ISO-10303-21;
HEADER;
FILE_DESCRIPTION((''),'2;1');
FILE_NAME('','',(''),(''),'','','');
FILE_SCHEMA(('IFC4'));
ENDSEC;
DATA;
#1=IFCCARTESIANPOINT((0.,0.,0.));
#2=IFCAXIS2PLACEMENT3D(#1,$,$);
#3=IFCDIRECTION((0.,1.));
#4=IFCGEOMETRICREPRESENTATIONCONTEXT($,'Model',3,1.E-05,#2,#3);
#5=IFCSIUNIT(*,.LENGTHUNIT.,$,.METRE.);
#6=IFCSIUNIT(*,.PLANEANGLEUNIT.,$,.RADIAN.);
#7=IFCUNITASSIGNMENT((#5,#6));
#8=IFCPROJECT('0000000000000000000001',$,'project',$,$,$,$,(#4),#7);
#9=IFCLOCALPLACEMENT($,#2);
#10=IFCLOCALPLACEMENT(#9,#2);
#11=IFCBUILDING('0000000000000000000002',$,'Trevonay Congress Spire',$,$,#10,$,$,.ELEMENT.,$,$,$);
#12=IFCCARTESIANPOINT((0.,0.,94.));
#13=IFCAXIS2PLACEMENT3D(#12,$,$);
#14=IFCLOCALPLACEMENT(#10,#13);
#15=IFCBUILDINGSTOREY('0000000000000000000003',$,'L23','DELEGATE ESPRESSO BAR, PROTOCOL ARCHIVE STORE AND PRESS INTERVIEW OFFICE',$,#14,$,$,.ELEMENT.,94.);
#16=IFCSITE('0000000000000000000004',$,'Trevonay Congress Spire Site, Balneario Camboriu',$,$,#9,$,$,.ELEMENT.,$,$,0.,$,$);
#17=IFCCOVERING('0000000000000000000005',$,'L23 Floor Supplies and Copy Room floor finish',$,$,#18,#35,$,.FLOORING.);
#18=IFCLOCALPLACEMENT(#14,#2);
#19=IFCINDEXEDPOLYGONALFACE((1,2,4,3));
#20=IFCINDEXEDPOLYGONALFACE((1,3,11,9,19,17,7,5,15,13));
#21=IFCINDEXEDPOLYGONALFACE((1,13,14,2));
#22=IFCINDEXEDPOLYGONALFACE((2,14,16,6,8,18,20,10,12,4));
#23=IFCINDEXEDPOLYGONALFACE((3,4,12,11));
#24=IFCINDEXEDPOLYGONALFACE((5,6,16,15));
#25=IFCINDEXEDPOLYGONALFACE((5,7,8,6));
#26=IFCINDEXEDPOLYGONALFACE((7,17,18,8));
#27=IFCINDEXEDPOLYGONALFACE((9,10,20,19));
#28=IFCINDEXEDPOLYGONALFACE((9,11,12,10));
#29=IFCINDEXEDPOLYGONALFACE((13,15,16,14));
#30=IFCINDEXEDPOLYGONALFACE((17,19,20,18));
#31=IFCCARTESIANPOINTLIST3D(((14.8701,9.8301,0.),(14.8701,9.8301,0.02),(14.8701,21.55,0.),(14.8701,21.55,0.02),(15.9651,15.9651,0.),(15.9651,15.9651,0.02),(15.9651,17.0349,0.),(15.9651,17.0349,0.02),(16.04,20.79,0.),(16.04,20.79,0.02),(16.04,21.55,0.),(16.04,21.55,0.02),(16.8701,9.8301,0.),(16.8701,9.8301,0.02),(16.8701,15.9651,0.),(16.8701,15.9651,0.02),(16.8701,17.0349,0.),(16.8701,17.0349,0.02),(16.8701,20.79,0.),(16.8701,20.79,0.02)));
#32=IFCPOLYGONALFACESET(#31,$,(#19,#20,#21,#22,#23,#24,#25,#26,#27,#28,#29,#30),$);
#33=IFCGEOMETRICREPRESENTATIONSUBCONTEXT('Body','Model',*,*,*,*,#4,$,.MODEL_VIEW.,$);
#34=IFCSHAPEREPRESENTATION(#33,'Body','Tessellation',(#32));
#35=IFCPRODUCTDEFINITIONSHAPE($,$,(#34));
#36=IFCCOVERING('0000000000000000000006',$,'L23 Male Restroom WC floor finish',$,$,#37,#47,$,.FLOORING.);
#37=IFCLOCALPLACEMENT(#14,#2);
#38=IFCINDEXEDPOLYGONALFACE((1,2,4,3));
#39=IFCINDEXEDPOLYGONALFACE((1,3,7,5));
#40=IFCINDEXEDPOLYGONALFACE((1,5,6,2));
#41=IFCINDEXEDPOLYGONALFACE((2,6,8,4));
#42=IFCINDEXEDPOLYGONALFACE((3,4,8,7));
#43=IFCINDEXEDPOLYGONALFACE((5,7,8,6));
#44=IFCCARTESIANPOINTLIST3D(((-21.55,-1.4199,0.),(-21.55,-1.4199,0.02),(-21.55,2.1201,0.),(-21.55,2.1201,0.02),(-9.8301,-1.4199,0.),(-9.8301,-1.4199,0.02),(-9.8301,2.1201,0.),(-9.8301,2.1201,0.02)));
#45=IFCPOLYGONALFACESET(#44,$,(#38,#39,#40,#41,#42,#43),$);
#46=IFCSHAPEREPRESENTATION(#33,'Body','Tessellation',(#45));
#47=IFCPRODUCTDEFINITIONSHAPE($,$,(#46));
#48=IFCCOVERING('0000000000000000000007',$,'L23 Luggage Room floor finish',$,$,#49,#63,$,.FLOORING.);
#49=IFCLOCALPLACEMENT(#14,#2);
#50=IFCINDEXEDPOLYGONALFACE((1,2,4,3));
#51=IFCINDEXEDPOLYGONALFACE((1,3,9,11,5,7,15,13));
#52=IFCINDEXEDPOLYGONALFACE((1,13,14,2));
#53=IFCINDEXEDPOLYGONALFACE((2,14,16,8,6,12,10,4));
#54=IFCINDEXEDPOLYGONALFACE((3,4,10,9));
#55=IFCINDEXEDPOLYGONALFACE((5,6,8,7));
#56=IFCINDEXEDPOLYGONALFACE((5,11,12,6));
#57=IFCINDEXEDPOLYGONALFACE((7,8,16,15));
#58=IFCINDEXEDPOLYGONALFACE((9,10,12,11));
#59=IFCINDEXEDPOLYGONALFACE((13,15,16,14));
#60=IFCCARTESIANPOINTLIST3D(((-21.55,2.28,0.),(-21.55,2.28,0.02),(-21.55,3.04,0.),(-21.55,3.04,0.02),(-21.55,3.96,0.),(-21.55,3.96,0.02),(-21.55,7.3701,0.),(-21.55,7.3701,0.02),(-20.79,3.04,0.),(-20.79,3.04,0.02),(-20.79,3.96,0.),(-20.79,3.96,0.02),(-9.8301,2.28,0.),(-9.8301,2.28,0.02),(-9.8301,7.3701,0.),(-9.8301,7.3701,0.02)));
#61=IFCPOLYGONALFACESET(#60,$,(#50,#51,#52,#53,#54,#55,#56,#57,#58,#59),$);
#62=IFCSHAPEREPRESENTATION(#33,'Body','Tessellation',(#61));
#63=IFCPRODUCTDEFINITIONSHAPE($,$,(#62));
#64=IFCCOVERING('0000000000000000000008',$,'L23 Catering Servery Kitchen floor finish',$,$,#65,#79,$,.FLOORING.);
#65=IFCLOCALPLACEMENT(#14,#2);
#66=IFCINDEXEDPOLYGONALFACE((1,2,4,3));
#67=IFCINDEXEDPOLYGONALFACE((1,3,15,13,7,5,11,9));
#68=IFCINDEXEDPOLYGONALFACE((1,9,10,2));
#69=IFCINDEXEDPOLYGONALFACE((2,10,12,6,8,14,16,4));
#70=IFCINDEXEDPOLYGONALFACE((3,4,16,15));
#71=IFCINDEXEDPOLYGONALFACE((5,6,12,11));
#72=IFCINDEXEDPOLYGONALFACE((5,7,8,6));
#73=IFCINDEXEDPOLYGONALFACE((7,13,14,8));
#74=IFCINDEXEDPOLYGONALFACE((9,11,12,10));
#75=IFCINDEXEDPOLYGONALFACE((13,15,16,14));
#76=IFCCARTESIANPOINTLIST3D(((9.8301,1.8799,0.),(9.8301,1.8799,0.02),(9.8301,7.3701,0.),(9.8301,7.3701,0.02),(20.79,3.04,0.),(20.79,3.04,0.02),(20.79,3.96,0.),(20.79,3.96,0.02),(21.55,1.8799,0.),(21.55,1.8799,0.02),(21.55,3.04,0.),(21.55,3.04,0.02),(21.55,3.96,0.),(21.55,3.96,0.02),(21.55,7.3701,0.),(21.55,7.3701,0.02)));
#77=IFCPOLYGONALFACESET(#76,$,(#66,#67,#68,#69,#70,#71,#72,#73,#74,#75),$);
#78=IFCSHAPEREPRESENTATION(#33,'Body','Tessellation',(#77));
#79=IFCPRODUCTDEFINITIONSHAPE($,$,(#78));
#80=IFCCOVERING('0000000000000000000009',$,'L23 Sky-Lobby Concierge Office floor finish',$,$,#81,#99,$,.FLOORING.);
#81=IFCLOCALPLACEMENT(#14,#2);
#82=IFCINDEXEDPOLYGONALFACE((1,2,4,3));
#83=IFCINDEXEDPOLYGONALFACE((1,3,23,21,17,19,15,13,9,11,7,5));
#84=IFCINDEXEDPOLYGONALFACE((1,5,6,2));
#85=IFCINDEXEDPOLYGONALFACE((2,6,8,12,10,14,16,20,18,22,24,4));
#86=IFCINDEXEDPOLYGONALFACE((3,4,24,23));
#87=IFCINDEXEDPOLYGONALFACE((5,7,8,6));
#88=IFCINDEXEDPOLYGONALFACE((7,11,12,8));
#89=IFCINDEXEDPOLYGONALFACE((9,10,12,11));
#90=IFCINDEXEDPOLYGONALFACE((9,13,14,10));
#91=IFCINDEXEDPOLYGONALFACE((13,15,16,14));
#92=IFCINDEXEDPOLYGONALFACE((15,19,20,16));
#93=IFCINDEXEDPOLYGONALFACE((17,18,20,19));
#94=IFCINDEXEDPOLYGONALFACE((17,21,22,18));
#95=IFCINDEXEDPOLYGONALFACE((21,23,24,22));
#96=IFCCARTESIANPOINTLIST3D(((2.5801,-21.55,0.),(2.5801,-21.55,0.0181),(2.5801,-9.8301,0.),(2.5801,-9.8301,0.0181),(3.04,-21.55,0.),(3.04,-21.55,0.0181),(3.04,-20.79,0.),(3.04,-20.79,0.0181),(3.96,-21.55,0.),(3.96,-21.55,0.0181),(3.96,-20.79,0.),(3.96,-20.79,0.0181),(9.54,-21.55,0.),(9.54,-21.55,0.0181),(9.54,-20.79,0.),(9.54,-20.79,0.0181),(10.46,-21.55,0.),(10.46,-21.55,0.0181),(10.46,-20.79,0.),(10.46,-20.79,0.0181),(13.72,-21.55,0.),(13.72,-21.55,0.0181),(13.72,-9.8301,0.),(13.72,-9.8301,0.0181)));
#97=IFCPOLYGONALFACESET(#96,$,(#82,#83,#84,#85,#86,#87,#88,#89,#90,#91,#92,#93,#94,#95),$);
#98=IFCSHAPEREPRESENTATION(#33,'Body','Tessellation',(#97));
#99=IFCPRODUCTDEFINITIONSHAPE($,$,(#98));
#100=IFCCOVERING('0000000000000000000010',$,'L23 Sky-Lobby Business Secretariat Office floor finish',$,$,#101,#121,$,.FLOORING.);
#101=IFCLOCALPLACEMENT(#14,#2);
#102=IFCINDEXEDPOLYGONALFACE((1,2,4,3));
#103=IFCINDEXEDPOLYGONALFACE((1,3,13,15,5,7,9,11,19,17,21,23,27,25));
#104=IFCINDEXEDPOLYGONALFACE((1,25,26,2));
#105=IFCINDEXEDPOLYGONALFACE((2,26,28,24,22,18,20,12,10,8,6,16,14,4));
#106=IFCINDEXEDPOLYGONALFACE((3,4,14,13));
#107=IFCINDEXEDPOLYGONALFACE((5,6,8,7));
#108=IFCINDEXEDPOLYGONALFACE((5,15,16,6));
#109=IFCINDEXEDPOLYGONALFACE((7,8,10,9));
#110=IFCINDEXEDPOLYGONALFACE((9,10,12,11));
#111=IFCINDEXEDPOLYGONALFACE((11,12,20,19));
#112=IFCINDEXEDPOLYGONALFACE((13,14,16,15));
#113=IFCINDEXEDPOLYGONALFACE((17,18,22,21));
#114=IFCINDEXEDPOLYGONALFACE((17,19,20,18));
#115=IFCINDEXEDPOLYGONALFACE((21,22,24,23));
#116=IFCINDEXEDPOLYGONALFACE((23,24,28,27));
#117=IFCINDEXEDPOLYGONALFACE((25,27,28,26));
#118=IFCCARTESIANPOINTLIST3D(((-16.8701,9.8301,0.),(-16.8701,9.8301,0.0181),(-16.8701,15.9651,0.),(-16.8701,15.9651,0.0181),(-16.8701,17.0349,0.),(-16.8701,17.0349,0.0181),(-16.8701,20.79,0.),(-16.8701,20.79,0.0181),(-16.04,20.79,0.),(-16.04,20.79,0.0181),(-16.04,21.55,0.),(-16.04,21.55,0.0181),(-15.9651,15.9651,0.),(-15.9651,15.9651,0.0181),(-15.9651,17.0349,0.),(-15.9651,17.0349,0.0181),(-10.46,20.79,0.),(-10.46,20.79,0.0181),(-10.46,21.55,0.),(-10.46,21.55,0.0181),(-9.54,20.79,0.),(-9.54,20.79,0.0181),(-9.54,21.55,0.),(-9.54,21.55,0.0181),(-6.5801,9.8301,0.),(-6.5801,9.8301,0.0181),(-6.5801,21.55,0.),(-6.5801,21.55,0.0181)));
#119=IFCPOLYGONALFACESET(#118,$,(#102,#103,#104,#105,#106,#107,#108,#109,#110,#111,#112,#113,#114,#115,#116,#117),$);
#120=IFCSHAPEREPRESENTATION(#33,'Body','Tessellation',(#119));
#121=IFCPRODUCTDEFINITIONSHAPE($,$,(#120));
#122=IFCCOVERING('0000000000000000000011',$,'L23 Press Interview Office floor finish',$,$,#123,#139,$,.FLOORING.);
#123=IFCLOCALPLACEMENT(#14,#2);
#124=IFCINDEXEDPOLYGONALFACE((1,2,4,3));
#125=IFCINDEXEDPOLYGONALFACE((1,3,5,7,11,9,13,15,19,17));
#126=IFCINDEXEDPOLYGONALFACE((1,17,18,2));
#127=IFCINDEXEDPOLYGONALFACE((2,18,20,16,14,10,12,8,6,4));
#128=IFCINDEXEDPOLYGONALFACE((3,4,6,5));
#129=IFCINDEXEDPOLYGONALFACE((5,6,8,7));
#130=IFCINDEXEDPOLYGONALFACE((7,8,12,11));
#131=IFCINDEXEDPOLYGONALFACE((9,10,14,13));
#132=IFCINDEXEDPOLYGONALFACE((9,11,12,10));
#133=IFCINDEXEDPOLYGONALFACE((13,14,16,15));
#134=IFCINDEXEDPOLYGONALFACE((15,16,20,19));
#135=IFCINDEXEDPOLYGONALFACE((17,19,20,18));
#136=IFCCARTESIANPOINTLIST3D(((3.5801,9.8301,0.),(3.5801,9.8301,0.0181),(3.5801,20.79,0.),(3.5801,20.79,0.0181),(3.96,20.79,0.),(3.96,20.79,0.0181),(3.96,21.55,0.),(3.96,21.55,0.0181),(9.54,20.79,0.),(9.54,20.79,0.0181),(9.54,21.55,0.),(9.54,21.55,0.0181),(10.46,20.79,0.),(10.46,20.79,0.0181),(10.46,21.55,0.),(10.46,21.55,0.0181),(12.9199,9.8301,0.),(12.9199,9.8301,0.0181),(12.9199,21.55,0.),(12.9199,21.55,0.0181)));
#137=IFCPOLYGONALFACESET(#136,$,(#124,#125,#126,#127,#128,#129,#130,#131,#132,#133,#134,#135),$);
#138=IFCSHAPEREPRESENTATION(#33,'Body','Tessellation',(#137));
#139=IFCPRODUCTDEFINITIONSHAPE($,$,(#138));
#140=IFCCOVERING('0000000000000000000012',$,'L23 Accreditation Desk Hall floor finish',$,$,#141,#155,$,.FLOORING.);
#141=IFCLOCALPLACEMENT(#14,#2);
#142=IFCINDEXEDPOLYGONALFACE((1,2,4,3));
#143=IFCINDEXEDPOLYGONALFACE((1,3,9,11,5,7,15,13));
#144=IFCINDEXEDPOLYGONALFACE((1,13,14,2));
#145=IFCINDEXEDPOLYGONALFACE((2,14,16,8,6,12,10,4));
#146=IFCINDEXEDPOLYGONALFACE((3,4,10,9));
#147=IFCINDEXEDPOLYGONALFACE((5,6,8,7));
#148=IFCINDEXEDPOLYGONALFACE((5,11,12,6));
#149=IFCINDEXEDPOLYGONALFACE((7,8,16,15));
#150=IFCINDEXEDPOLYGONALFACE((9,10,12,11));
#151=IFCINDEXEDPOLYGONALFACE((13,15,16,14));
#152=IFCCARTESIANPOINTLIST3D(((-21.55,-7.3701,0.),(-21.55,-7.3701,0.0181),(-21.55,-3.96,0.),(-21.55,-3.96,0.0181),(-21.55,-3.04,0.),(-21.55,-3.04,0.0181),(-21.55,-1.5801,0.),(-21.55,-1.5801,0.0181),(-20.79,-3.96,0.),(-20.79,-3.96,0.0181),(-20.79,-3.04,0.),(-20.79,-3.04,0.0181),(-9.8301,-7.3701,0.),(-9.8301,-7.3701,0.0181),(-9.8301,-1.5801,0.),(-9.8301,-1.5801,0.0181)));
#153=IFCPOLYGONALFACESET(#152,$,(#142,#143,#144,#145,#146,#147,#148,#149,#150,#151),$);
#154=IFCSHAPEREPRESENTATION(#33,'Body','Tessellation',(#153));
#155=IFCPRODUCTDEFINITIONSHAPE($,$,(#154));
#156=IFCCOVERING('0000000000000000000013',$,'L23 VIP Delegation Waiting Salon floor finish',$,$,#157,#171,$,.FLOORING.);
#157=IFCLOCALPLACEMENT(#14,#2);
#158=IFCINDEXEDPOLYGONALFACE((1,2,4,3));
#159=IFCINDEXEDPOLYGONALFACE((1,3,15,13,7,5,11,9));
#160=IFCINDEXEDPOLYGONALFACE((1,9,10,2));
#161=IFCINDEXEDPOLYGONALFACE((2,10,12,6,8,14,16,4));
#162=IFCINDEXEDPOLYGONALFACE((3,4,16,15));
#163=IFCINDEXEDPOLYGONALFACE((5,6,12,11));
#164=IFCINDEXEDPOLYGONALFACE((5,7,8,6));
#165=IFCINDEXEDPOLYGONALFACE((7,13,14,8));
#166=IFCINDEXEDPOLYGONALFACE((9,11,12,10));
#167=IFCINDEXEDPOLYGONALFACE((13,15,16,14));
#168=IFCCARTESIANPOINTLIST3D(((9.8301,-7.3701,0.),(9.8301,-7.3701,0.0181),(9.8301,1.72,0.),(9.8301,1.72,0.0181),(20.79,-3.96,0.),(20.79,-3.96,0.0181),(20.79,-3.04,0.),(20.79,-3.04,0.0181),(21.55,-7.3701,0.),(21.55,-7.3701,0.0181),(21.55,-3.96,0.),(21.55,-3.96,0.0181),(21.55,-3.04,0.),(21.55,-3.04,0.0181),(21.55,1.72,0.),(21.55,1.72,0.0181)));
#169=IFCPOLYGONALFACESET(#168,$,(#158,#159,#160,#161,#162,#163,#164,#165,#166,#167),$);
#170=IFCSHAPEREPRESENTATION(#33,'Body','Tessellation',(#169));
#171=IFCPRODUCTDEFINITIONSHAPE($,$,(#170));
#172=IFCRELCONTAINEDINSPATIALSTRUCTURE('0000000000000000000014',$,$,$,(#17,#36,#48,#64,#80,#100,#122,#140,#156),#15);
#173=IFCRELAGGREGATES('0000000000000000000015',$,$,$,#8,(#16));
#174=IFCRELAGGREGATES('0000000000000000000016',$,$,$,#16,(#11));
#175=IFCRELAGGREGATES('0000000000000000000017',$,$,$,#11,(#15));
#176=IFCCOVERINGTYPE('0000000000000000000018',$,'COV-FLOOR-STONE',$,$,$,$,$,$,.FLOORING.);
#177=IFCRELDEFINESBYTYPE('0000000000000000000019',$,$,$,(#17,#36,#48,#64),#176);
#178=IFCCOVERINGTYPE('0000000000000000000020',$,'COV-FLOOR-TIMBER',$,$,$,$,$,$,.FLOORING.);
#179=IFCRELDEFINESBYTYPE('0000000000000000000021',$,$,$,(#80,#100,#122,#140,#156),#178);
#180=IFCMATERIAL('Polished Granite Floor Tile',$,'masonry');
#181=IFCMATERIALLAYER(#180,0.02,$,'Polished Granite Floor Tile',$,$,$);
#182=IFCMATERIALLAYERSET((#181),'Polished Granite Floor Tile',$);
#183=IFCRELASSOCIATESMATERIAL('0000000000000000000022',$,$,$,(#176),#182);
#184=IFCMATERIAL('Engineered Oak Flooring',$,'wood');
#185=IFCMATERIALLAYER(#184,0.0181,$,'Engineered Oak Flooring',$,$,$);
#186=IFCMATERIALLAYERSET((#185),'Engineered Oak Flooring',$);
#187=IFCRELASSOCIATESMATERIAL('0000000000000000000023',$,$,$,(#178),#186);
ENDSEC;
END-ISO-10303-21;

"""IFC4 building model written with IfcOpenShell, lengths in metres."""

from ifc_helpers import new_model, si_unit, direction, frame, origin, place, context, subcontext, project, spatial, polyline, outline, extrude, material, layer, layer_set, type_object, element, save


model = new_model("IFC4")

# Units and contexts
model_context = context("Model", 3, precision=1e-05, world=origin(), true_north=direction((0.0, 1.0)))
body_context = subcontext(model_context, "Body", "Model", "MODEL_VIEW")
ifc_project = project(units=[si_unit("LENGTHUNIT", "METRE"), si_unit("PLANEANGLEUNIT", "RADIAN")], contexts=[model_context])

# Site, building, storey
site_placement = place(None, origin())
site = spatial("IfcSite", under=ifc_project, at=site_placement, Name="Trevonay Congress Spire Site, Balneario Camboriu", CompositionType="ELEMENT", RefElevation=0.0)
building_placement = place(site_placement, origin())
building = spatial("IfcBuilding", under=site, at=building_placement, Name="Trevonay Congress Spire", CompositionType="ELEMENT")
storey_placement = place(building_placement, frame((0.0, 0.0, 94.0)))
storey = spatial("IfcBuildingStorey", under=building, at=storey_placement, Name="L23", Description="DELEGATE ESPRESSO BAR, PROTOCOL ARCHIVE STORE AND PRESS INTERVIEW OFFICE", CompositionType="ELEMENT", Elevation=94.0)

# Coverings
ifc_material_1 = material(Name="Polished Granite Floor Tile", Category="masonry")
ifc_layer_1 = layer(ifc_material_1, 0.02, Name="Polished Granite Floor Tile")
ifc_layer_set_1 = layer_set([ifc_layer_1], Name="Polished Granite Floor Tile")
covering_type_1 = type_object("IfcCoveringType", Name="COV-FLOOR-STONE", PredefinedType="FLOORING", material=ifc_layer_set_1)
covering_1_placement = place(storey_placement, origin())
element("IfcCovering", 1, at=covering_1_placement, inside=storey, type_object=covering_type_1, Name="L23 Floor Supplies and Copy Room floor finish", PredefinedType="FLOORING", context=body_context, shape_type="SweptSolid", body=[
    extrude(outline(polyline([(16.8701, 9.8301), (14.8701, 9.8301), (14.8701, 21.55), (16.04, 21.55), (16.04, 20.79), (16.8701, 20.79), (16.8701, 17.0349), (15.9651, 17.0349), (15.9651, 15.9651), (16.8701, 15.9651), (16.8701, 9.8301)])), origin(), (0.0, 0.0, 1.0), 0.02),
])
covering_2_placement = place(storey_placement, origin())
element("IfcCovering", 2, at=covering_2_placement, inside=storey, type_object=covering_type_1, Name="L23 Male Restroom WC floor finish", PredefinedType="FLOORING", context=body_context, shape_type="SweptSolid", body=[
    extrude(outline(polyline([(-21.55, -1.4199), (-9.8301, -1.4199), (-9.8301, 2.1201), (-21.55, 2.1201), (-21.55, -1.4199)])), origin(), (0.0, 0.0, 1.0), 0.02),
])
covering_3_placement = place(storey_placement, origin())
element("IfcCovering", 3, at=covering_3_placement, inside=storey, type_object=covering_type_1, Name="L23 Luggage Room floor finish", PredefinedType="FLOORING", context=body_context, shape_type="SweptSolid", body=[
    extrude(outline(polyline([(-21.55, 7.3701), (-9.8301, 7.3701), (-9.8301, 2.28), (-21.55, 2.28), (-21.55, 3.04), (-20.79, 3.04), (-20.79, 3.96), (-21.55, 3.96), (-21.55, 7.3701)])), origin(), (0.0, 0.0, 1.0), 0.02),
])
covering_4_placement = place(storey_placement, origin())
element("IfcCovering", 4, at=covering_4_placement, inside=storey, type_object=covering_type_1, Name="L23 Catering Servery Kitchen floor finish", PredefinedType="FLOORING", context=body_context, shape_type="SweptSolid", body=[
    extrude(outline(polyline([(21.55, 1.8799), (9.8301, 1.8799), (9.8301, 7.3701), (21.55, 7.3701), (21.55, 3.96), (20.79, 3.96), (20.79, 3.04), (21.55, 3.04), (21.55, 1.8799)])), origin(), (0.0, 0.0, 1.0), 0.02),
])
ifc_material_2 = material(Name="Engineered Oak Flooring", Category="wood")
ifc_layer_2 = layer(ifc_material_2, 0.0181, Name="Engineered Oak Flooring")
ifc_layer_set_2 = layer_set([ifc_layer_2], Name="Engineered Oak Flooring")
covering_type_2 = type_object("IfcCoveringType", Name="COV-FLOOR-TIMBER", PredefinedType="FLOORING", material=ifc_layer_set_2)
covering_5_placement = place(storey_placement, origin())
element("IfcCovering", 5, at=covering_5_placement, inside=storey, type_object=covering_type_2, Name="L23 Sky-Lobby Concierge Office floor finish", PredefinedType="FLOORING", context=body_context, shape_type="SweptSolid", body=[
    extrude(outline(polyline([(2.5801, -21.55), (2.5801, -9.8301), (13.72, -9.8301), (13.72, -21.55), (10.46, -21.55), (10.46, -20.79), (9.54, -20.79), (9.54, -21.55), (3.96, -21.55), (3.96, -20.79), (3.04, -20.79), (3.04, -21.55), (2.5801, -21.55)])), origin(), (0.0, 0.0, 1.0), 0.0181),
])
covering_6_placement = place(storey_placement, origin())
element("IfcCovering", 6, at=covering_6_placement, inside=storey, type_object=covering_type_2, Name="L23 Sky-Lobby Business Secretariat Office floor finish", PredefinedType="FLOORING", context=body_context, shape_type="SweptSolid", body=[
    extrude(outline(polyline([(-6.5801, 21.55), (-6.5801, 9.8301), (-16.8701, 9.8301), (-16.8701, 15.9651), (-15.9651, 15.9651), (-15.9651, 17.0349), (-16.8701, 17.0349), (-16.8701, 20.79), (-16.04, 20.79), (-16.04, 21.55), (-10.46, 21.55), (-10.46, 20.79), (-9.54, 20.79), (-9.54, 21.55), (-6.5801, 21.55)])), origin(), (0.0, 0.0, 1.0), 0.0181),
])
covering_7_placement = place(storey_placement, origin())
element("IfcCovering", 7, at=covering_7_placement, inside=storey, type_object=covering_type_2, Name="L23 Press Interview Office floor finish", PredefinedType="FLOORING", context=body_context, shape_type="SweptSolid", body=[
    extrude(outline(polyline([(12.9199, 21.55), (12.9199, 9.8301), (3.5801, 9.8301), (3.5801, 20.79), (3.96, 20.79), (3.96, 21.55), (9.54, 21.55), (9.54, 20.79), (10.46, 20.79), (10.46, 21.55), (12.9199, 21.55)])), origin(), (0.0, 0.0, 1.0), 0.0181),
])
covering_8_placement = place(storey_placement, origin())
element("IfcCovering", 8, at=covering_8_placement, inside=storey, type_object=covering_type_2, Name="L23 Accreditation Desk Hall floor finish", PredefinedType="FLOORING", context=body_context, shape_type="SweptSolid", body=[
    extrude(outline(polyline([(-21.55, -1.5801), (-9.8301, -1.5801), (-9.8301, -7.3701), (-21.55, -7.3701), (-21.55, -3.96), (-20.79, -3.96), (-20.79, -3.04), (-21.55, -3.04), (-21.55, -1.5801)])), origin(), (0.0, 0.0, 1.0), 0.0181),
])
covering_9_placement = place(storey_placement, origin())
element("IfcCovering", 9, at=covering_9_placement, inside=storey, type_object=covering_type_2, Name="L23 VIP Delegation Waiting Salon floor finish", PredefinedType="FLOORING", context=body_context, shape_type="SweptSolid", body=[
    extrude(outline(polyline([(21.55, -7.3701), (9.8301, -7.3701), (9.8301, 1.72), (21.55, 1.72), (21.55, -3.04), (20.79, -3.04), (20.79, -3.96), (21.55, -3.96), (21.55, -7.3701)])), origin(), (0.0, 0.0, 1.0), 0.0181),
])

save(model, "model.ifc")
